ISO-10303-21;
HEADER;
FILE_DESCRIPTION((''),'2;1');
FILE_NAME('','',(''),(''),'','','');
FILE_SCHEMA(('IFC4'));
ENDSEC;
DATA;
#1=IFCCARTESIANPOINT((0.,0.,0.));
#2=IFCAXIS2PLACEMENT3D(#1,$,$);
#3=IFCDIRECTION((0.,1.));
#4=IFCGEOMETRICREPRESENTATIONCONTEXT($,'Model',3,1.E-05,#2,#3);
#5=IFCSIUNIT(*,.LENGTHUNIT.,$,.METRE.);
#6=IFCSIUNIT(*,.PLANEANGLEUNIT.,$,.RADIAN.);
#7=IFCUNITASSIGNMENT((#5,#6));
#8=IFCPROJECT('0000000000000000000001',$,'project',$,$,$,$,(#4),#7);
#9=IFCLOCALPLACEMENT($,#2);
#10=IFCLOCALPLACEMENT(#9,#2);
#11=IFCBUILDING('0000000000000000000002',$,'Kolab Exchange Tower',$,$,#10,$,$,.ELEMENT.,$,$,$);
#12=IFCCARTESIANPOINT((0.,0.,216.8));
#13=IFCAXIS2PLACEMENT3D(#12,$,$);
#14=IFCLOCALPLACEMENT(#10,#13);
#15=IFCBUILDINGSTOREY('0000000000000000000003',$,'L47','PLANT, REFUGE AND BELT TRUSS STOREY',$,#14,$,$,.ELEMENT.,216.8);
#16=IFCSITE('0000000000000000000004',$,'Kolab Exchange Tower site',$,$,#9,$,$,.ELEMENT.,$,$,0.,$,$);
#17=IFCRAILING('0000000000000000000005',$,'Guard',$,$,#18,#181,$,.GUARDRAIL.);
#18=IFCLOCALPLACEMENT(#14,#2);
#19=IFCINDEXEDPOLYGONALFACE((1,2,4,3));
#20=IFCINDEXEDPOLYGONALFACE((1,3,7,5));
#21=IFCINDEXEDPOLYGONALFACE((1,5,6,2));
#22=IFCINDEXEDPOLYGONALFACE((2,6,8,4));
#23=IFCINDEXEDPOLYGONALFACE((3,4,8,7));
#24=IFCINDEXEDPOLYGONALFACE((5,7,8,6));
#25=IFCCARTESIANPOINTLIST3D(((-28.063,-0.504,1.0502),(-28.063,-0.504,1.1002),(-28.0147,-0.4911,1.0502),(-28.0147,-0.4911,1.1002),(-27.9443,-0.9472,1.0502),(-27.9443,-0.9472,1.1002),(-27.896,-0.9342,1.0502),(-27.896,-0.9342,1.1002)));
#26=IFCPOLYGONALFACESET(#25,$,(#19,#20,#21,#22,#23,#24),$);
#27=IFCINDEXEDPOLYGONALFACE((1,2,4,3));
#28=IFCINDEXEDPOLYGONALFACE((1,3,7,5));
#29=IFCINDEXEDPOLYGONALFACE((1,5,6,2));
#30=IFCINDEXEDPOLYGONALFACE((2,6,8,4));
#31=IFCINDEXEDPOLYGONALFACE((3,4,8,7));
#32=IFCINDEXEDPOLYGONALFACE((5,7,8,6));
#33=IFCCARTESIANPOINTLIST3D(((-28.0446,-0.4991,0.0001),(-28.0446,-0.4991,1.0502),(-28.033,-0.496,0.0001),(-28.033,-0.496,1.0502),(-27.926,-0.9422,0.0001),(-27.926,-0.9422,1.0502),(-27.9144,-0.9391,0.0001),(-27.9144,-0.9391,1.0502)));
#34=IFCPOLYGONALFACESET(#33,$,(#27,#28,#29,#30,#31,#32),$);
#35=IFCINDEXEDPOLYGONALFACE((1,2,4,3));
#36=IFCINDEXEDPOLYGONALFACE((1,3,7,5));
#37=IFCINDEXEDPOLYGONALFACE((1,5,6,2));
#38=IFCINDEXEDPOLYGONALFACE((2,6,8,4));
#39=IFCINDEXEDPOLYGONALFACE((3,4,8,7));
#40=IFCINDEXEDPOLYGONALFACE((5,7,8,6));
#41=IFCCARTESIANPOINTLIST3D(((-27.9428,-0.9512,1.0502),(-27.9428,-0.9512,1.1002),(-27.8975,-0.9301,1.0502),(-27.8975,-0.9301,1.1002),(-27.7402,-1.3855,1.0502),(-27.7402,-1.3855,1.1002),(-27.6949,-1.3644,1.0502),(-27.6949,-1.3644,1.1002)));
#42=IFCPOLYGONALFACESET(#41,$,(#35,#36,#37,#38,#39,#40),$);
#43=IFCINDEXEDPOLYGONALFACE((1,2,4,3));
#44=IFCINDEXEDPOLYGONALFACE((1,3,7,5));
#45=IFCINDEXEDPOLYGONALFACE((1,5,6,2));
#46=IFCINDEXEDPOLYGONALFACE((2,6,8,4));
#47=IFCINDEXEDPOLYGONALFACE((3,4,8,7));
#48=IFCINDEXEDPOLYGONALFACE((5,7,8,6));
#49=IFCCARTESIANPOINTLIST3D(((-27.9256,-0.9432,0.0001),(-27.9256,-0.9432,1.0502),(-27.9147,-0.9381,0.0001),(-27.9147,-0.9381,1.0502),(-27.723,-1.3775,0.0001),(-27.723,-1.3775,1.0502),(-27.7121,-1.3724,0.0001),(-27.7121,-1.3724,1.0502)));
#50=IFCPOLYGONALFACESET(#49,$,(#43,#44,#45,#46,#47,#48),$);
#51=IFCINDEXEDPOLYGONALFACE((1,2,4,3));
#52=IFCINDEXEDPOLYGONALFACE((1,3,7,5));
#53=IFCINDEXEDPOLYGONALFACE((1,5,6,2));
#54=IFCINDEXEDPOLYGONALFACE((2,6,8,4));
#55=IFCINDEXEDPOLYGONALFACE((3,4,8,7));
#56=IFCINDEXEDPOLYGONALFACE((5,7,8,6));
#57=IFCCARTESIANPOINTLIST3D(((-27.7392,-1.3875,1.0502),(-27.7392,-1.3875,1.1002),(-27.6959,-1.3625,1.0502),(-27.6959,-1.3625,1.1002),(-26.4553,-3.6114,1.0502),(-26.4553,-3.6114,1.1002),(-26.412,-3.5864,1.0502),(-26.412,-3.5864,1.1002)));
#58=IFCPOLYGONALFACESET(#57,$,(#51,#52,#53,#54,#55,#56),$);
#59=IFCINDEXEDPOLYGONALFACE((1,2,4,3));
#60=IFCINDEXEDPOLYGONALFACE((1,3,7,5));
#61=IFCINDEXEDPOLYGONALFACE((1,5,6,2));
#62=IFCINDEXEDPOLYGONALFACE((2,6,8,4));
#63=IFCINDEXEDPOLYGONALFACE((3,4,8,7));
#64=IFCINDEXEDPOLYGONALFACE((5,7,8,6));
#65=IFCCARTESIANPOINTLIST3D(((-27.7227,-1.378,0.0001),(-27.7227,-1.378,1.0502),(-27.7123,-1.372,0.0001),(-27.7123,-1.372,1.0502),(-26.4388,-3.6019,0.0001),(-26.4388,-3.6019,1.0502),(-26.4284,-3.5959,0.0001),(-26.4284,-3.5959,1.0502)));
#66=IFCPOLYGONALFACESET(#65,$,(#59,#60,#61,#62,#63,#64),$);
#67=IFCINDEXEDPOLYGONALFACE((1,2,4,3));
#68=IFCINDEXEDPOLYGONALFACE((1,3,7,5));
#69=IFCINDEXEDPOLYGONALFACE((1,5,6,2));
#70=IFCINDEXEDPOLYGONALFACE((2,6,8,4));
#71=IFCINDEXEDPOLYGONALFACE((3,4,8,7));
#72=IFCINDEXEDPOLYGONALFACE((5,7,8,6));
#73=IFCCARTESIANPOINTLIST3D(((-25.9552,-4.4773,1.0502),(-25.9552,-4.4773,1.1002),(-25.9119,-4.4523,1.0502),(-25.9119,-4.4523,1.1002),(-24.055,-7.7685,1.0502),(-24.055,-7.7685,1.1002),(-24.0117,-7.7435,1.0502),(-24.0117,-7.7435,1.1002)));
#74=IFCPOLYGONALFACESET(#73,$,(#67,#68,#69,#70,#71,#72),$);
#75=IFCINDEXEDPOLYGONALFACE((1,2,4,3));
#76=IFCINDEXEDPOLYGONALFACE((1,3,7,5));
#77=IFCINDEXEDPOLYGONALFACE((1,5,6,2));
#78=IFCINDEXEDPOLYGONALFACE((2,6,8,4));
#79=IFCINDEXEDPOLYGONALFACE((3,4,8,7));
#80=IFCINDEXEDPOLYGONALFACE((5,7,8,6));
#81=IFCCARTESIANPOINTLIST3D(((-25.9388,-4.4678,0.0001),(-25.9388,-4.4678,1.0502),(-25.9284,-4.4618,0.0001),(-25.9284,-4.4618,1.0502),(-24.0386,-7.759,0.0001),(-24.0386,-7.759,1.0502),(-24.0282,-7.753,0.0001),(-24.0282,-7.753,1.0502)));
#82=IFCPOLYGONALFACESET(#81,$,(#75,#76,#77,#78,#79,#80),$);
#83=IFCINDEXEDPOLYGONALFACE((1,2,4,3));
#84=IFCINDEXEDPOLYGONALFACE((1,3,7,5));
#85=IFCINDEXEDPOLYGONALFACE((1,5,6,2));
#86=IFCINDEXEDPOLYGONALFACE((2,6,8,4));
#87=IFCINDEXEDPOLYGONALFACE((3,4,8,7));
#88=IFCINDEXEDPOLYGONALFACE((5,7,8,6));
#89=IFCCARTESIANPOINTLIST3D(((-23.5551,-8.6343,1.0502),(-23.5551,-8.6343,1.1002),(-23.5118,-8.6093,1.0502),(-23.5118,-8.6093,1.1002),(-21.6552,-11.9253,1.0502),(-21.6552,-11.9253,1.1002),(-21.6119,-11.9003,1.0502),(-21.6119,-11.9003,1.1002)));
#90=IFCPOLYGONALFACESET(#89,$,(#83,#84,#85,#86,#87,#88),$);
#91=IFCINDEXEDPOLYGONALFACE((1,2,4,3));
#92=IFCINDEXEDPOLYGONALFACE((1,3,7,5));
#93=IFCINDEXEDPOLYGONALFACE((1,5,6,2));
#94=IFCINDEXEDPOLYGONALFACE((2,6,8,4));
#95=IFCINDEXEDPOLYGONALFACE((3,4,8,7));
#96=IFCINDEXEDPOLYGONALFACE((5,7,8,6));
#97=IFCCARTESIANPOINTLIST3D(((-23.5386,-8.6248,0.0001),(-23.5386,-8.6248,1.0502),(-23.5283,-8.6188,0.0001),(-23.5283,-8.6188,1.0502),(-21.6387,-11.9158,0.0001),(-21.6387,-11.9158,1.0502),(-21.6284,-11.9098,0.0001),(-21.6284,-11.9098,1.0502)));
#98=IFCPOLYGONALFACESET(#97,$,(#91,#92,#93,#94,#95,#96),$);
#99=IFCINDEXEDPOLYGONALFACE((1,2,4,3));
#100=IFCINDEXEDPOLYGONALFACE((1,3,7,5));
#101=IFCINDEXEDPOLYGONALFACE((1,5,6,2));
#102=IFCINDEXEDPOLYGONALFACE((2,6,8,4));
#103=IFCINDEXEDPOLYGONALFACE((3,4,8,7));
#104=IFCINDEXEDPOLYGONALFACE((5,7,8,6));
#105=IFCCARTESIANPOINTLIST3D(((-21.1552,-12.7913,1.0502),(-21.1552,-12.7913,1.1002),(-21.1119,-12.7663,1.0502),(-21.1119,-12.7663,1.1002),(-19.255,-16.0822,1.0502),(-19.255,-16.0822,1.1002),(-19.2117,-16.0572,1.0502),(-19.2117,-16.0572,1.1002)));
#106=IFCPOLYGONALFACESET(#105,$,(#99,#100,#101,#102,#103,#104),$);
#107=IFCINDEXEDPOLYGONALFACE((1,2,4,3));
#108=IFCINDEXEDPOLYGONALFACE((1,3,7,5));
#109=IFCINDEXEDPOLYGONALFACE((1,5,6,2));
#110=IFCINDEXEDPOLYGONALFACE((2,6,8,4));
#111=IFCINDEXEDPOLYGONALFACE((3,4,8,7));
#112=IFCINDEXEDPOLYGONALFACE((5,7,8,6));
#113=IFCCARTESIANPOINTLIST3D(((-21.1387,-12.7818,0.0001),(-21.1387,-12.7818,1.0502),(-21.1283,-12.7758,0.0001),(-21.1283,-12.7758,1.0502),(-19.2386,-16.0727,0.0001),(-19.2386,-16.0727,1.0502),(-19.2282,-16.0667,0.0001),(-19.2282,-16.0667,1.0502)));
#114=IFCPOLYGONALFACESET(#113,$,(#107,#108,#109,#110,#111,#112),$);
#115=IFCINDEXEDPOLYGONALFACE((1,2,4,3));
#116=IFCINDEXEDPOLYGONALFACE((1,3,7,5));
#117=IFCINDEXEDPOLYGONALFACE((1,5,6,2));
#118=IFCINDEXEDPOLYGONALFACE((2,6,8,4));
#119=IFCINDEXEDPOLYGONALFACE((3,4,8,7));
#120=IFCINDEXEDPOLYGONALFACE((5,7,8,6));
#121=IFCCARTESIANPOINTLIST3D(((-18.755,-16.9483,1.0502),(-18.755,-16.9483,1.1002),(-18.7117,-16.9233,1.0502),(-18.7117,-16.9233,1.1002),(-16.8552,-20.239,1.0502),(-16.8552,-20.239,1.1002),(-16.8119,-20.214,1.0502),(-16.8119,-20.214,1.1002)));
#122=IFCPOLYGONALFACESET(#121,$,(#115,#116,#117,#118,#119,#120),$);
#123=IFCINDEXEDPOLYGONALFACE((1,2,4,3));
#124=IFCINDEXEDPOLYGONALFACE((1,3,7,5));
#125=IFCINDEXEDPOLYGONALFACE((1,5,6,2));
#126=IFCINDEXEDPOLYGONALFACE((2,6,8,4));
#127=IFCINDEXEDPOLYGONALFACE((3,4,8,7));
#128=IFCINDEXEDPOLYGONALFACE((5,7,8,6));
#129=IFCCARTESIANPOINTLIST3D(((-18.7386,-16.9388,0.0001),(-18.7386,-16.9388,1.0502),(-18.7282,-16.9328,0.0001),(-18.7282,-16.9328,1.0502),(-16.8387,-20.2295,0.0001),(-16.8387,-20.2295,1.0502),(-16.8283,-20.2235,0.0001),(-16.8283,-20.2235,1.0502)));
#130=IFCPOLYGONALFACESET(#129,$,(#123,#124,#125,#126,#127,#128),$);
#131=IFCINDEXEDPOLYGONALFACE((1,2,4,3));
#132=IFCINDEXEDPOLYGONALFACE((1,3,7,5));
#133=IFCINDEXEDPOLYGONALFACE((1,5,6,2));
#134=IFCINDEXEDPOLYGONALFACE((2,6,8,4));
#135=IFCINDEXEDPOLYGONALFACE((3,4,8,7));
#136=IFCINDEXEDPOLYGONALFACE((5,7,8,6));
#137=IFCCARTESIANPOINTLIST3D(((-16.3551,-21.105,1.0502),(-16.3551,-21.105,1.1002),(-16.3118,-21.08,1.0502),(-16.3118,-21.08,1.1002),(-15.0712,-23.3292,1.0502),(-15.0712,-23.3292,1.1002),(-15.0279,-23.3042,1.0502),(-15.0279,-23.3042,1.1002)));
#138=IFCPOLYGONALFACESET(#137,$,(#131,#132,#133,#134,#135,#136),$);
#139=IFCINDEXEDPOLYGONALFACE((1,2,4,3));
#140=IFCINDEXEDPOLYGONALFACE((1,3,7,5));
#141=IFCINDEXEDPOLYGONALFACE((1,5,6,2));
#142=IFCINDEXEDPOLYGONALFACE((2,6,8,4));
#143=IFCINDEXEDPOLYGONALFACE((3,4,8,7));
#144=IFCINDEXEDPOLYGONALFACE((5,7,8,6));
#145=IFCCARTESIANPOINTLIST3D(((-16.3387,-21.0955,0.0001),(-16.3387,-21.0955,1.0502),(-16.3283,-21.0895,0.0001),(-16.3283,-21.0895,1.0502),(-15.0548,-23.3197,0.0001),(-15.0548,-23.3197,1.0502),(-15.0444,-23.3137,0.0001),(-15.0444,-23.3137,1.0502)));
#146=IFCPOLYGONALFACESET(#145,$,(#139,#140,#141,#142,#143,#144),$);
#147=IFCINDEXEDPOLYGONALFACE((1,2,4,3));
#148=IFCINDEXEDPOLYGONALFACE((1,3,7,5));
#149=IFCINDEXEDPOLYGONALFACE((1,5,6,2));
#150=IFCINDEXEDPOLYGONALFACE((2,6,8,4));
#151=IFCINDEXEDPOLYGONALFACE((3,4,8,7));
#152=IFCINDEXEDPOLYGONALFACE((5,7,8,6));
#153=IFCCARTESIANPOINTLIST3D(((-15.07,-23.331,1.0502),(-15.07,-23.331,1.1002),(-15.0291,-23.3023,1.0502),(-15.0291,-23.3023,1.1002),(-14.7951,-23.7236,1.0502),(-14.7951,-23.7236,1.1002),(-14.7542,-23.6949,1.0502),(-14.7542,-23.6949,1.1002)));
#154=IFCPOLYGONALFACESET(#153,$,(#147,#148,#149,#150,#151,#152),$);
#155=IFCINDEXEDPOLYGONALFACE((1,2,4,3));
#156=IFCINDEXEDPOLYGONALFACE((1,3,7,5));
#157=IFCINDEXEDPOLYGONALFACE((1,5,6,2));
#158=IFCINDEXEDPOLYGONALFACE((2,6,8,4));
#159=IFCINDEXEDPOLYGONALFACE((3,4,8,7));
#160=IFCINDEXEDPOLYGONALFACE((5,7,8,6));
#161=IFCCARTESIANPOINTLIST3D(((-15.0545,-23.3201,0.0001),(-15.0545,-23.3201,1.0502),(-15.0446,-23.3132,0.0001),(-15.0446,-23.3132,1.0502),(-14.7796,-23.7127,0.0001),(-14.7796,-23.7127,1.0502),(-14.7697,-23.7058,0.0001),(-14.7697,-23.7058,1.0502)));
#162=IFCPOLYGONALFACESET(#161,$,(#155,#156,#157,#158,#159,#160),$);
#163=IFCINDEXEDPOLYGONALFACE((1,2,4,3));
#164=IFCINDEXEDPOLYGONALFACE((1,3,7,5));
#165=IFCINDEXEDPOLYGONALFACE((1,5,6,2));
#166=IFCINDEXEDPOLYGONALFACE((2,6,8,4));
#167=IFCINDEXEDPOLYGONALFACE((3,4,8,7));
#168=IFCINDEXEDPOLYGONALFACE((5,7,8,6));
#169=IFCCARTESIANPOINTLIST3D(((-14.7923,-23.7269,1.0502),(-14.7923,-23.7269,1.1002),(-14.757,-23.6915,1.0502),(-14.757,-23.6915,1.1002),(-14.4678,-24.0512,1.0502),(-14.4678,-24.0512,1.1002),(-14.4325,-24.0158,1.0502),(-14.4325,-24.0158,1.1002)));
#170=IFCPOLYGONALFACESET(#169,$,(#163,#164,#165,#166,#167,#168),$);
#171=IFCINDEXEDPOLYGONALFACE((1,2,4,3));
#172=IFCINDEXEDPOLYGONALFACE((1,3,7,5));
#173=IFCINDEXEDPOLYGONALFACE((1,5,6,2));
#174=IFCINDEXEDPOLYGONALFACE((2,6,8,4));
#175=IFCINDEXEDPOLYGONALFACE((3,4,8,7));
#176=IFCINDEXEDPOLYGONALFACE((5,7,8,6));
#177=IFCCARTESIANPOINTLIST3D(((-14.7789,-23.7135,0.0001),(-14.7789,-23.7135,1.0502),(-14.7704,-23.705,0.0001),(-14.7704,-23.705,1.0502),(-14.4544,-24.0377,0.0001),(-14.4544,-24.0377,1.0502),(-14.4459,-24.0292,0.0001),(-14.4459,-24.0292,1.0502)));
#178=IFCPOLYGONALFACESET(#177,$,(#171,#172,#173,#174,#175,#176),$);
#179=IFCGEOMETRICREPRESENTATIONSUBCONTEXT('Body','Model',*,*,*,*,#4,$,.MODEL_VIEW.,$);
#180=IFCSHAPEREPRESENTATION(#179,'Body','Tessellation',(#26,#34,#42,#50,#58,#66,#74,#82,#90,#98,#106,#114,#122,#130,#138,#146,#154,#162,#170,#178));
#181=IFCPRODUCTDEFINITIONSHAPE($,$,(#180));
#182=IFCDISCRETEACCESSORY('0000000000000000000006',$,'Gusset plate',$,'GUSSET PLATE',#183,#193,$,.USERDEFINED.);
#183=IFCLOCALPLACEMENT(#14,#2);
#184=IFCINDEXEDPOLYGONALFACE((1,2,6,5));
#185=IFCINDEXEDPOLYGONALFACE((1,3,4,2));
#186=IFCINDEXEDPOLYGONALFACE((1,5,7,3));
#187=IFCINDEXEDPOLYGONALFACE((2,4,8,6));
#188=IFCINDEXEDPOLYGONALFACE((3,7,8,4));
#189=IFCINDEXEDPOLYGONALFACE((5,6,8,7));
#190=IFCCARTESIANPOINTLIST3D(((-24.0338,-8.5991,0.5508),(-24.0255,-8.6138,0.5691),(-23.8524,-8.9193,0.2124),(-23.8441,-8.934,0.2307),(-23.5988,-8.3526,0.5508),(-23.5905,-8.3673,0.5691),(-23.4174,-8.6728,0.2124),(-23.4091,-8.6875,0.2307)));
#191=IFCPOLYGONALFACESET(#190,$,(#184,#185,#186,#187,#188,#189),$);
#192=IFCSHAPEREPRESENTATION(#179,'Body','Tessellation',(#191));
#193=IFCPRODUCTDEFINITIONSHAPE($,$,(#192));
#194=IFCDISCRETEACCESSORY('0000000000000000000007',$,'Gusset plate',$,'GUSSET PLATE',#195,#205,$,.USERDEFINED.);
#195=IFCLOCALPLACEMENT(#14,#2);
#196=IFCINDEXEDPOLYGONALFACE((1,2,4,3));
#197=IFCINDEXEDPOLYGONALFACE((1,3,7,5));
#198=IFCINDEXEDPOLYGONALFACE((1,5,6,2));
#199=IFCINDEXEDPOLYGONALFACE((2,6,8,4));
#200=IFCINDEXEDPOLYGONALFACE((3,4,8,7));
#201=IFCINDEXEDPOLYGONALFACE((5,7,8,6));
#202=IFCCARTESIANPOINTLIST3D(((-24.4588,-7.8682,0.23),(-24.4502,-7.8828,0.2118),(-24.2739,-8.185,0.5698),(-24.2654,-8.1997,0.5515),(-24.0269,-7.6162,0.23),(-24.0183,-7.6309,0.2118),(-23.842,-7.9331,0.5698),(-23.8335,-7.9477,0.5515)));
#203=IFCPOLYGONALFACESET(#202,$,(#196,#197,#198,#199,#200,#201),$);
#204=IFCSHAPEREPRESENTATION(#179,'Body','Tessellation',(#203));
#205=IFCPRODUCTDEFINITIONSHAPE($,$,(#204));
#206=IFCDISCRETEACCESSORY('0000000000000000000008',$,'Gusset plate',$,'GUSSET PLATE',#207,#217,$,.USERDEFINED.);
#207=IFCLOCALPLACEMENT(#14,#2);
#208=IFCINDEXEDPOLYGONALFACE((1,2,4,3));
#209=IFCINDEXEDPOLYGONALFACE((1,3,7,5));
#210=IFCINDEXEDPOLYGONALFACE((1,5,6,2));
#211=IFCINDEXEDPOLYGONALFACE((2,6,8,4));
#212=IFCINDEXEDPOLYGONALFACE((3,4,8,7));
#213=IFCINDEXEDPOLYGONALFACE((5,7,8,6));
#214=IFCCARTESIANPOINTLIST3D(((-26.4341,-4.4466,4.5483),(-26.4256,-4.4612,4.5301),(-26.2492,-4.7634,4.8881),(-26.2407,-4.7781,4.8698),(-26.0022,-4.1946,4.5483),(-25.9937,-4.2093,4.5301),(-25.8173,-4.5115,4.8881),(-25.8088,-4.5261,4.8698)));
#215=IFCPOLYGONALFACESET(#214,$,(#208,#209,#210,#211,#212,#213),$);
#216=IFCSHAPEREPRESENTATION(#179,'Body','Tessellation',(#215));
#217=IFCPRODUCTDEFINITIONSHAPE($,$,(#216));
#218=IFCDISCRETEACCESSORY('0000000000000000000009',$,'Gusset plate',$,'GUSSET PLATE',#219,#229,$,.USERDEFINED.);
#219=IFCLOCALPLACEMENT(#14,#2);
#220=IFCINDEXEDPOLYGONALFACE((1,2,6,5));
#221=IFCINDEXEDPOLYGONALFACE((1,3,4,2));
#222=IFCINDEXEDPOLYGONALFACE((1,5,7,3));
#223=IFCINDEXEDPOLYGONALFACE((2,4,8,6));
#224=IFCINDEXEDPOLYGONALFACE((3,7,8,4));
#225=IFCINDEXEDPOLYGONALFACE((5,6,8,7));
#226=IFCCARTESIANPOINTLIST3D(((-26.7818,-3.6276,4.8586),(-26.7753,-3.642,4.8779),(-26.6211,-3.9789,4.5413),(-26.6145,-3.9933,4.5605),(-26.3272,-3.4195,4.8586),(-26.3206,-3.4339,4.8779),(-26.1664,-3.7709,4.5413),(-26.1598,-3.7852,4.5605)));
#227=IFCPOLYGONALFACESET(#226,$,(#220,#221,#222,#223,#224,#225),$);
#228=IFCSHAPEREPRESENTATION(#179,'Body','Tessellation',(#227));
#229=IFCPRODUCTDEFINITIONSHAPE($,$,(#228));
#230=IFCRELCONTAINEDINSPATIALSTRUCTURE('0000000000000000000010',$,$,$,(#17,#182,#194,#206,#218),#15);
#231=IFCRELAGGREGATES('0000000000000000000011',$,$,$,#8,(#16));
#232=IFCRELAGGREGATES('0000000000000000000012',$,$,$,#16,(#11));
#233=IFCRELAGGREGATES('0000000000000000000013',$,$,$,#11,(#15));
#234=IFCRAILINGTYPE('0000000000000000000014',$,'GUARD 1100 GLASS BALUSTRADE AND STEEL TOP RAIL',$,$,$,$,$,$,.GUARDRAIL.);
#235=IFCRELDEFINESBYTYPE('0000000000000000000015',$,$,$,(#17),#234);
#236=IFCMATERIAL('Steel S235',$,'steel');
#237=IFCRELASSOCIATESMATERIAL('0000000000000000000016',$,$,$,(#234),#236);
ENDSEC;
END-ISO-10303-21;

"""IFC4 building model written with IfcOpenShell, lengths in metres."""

from ifc_helpers import new_model, si_unit, direction, frame, frame_2d, origin, origin_2d, place, context, subcontext, project, spatial, rectangle, extrude, material, type_object, element, save


model = new_model("IFC4")

# Units and contexts
model_context = context("Model", 3, precision=1e-05, world=origin(), true_north=direction((0.0, 1.0)))
body_context = subcontext(model_context, "Body", "Model", "MODEL_VIEW")
ifc_project = project(units=[si_unit("LENGTHUNIT", "METRE"), si_unit("PLANEANGLEUNIT", "RADIAN")], contexts=[model_context])

# Site, building, storey
site_placement = place(None, origin())
site = spatial("IfcSite", under=ifc_project, at=site_placement, Name="Kolab Exchange Tower site", CompositionType="ELEMENT", RefElevation=0.0)
building_placement = place(site_placement, origin())
building = spatial("IfcBuilding", under=site, at=building_placement, Name="Kolab Exchange Tower", CompositionType="ELEMENT")
storey_placement = place(building_placement, frame((0.0, 0.0, 216.8)))
storey = spatial("IfcBuildingStorey", under=building, at=storey_placement, Name="L47", Description="PLANT, REFUGE AND BELT TRUSS STOREY", CompositionType="ELEMENT", Elevation=216.8)

# Railing
ifc_material_1 = material(Name="Steel S235", Category="steel")
railing_type = type_object("IfcRailingType", Name="GUARD 1100 GLASS BALUSTRADE AND STEEL TOP RAIL", PredefinedType="GUARDRAIL", material=ifc_material_1)
railing_placement = place(storey_placement, frame((-28.0388, -0.4976, 0.0)))
element("IfcRailing", 1, at=railing_placement, inside=storey, type_object=railing_type, Name="Guard", PredefinedType="GUARDRAIL", context=body_context, shape_type="SweptSolid", body=[
    extrude(rectangle(XDim=0.05, YDim=0.05, at=origin_2d()), frame((0.0, 0.0, 1.0752), z_axis=(0.258656, -0.965969, 0.0), x_axis=(0.965969, 0.258656, 0.0)), (0.0, 0.0, 1.0), 0.4587),
    extrude(rectangle(XDim=0.012, YDim=1.0501, at=frame_2d((0.0, 0.5251))), frame((0.0, 0.0, 0.0), z_axis=(0.258656, -0.965969, 0.0), x_axis=(0.965969, 0.258656, 0.0)), (0.0, 0.0, 1.0), 0.4587),
    extrude(rectangle(XDim=0.05, YDim=0.05, at=origin_2d()), frame((0.1187, -0.4431, 1.0752), z_axis=(0.422802, -0.906222, 0.0), x_axis=(0.906222, 0.422802, 0.0)), (0.0, 0.0, 1.0), 0.4792),
    extrude(rectangle(XDim=0.012, YDim=1.0501, at=frame_2d((0.0, 0.5251))), frame((0.1187, -0.4431, 0.0), z_axis=(0.422802, -0.906222, 0.0), x_axis=(0.906222, 0.422802, 0.0)), (0.0, 0.0, 1.0), 0.4792),
    extrude(rectangle(XDim=0.05, YDim=0.05, at=origin_2d()), frame((0.3213, -0.8774, 1.0752), z_axis=(0.499994, -0.866029, 0.0), x_axis=(0.866029, 0.499994, 0.0)), (0.0, 0.0, 1.0), 2.5679),
    extrude(rectangle(XDim=0.012, YDim=1.0501, at=frame_2d((0.0, 0.5251))), frame((0.3213, -0.8774, 0.0), z_axis=(0.499994, -0.866029, 0.0), x_axis=(0.866029, 0.499994, 0.0)), (0.0, 0.0, 1.0), 2.5679),
    extrude(rectangle(XDim=0.05, YDim=0.05, at=origin_2d()), frame((2.1052, -3.9673, 1.0752), z_axis=(0.500015, -0.866017, 0.0), x_axis=(0.866017, 0.500015, 0.0)), (0.0, 0.0, 1.0), 3.8003),
    extrude(rectangle(XDim=0.012, YDim=1.0501, at=frame_2d((0.0, 0.5251))), frame((2.1052, -3.9673, 0.0), z_axis=(0.500015, -0.866017, 0.0), x_axis=(0.866017, 0.500015, 0.0)), (0.0, 0.0, 1.0), 3.8003),
    extrude(rectangle(XDim=0.05, YDim=0.05, at=origin_2d()), frame((4.5054, -8.1243, 1.0752), z_axis=(0.499967, -0.866044, 0.0), x_axis=(0.866044, 0.499967, 0.0)), (0.0, 0.0, 1.0), 3.8),
    extrude(rectangle(XDim=0.012, YDim=1.0501, at=frame_2d((0.0, 0.5251))), frame((4.5054, -8.1243, 0.0), z_axis=(0.499967, -0.866044, 0.0), x_axis=(0.866044, 0.499967, 0.0)), (0.0, 0.0, 1.0), 3.8),
    extrude(rectangle(XDim=0.05, YDim=0.05, at=origin_2d()), frame((6.9053, -12.2812, 1.0752), z_axis=(0.500043, -0.866, 0.0), x_axis=(0.866, 0.500043, 0.0)), (0.0, 0.0, 1.0), 3.8),
    extrude(rectangle(XDim=0.012, YDim=1.0501, at=frame_2d((0.0, 0.5251))), frame((6.9053, -12.2812, 0.0), z_axis=(0.500043, -0.866, 0.0), x_axis=(0.866, 0.500043, 0.0)), (0.0, 0.0, 1.0), 3.8),
    extrude(rectangle(XDim=0.05, YDim=0.05, at=origin_2d()), frame((9.3054, -16.4382, 1.0752), z_axis=(0.499995, -0.866028, 0.0), x_axis=(0.866028, 0.499995, 0.0)), (0.0, 0.0, 1.0), 3.7998),
    extrude(rectangle(XDim=0.012, YDim=1.0501, at=frame_2d((0.0, 0.5251))), frame((9.3054, -16.4382, 0.0), z_axis=(0.499995, -0.866028, 0.0), x_axis=(0.866028, 0.499995, 0.0)), (0.0, 0.0, 1.0), 3.7998),
    extrude(rectangle(XDim=0.05, YDim=0.05, at=origin_2d()), frame((11.7053, -20.595, 1.0752), z_axis=(0.499953, -0.866053, 0.0), x_axis=(0.866053, 0.499953, 0.0)), (0.0, 0.0, 1.0), 2.5681),
    extrude(rectangle(XDim=0.012, YDim=1.0501, at=frame_2d((0.0, 0.5251))), frame((11.7053, -20.595, 0.0), z_axis=(0.499953, -0.866053, 0.0), x_axis=(0.866053, 0.499953, 0.0)), (0.0, 0.0, 1.0), 2.5681),
    extrude(rectangle(XDim=0.05, YDim=0.05, at=origin_2d()), frame((12.9893, -22.8191, 1.0752), z_axis=(0.573599, -0.819136, 0.0), x_axis=(0.819136, 0.573599, 0.0)), (0.0, 0.0, 1.0), 0.4792),
    extrude(rectangle(XDim=0.012, YDim=1.0501, at=frame_2d((0.0, 0.5251))), frame((12.9893, -22.8191, 0.0), z_axis=(0.573599, -0.819136, 0.0), x_axis=(0.819136, 0.573599, 0.0)), (0.0, 0.0, 1.0), 0.4792),
    extrude(rectangle(XDim=0.05, YDim=0.05, at=origin_2d()), frame((13.2642, -23.2117, 1.0752), z_axis=(0.707373, -0.706841, 0.0), x_axis=(0.706841, 0.707373, 0.0)), (0.0, 0.0, 1.0), 0.4587),
    extrude(rectangle(XDim=0.012, YDim=1.0501, at=frame_2d((0.0, 0.5251))), frame((13.2642, -23.2117, 0.0), z_axis=(0.707373, -0.706841, 0.0), x_axis=(0.706841, 0.707373, 0.0)), (0.0, 0.0, 1.0), 0.4587),
])

# Discrete accessories
for number, where, z_axis, x_axis, name in (
    (2, (-23.7173, -8.6506, 0.3999), (-0.333702, 0.588887, -0.736108), (-0.870022, -0.493013, 0.0), "Gusset plate"),
    (3, (-24.1504, -7.9006, 0.3999), (0.342381, -0.586939, -0.733674), (0.863779, 0.503871, 0.0), "Gusset plate"),
    (4, (-26.1172, -4.4937, 4.7), (-0.342381, 0.586939, 0.733674), (-0.863779, -0.503871, 0.0), "Gusset plate"),
    (5, (-26.4741, -3.6992, 4.7), (0.26411, -0.577129, 0.772766), (0.909308, 0.416124, 0.0), "Gusset plate"),
):
    element("IfcDiscreteAccessory", number, at=place(storey_placement, frame(where, z_axis=z_axis, x_axis=x_axis)), inside=storey, Name=name, ObjectType="GUSSET PLATE", PredefinedType="USERDEFINED", context=body_context, shape_type="SweptSolid", body=[
        extrude(rectangle(XDim=0.5, YDim=0.5, at=origin_2d()), origin(), (0.0, 0.0, 1.0), 0.0249),
    ])

save(model, "model.ifc")
